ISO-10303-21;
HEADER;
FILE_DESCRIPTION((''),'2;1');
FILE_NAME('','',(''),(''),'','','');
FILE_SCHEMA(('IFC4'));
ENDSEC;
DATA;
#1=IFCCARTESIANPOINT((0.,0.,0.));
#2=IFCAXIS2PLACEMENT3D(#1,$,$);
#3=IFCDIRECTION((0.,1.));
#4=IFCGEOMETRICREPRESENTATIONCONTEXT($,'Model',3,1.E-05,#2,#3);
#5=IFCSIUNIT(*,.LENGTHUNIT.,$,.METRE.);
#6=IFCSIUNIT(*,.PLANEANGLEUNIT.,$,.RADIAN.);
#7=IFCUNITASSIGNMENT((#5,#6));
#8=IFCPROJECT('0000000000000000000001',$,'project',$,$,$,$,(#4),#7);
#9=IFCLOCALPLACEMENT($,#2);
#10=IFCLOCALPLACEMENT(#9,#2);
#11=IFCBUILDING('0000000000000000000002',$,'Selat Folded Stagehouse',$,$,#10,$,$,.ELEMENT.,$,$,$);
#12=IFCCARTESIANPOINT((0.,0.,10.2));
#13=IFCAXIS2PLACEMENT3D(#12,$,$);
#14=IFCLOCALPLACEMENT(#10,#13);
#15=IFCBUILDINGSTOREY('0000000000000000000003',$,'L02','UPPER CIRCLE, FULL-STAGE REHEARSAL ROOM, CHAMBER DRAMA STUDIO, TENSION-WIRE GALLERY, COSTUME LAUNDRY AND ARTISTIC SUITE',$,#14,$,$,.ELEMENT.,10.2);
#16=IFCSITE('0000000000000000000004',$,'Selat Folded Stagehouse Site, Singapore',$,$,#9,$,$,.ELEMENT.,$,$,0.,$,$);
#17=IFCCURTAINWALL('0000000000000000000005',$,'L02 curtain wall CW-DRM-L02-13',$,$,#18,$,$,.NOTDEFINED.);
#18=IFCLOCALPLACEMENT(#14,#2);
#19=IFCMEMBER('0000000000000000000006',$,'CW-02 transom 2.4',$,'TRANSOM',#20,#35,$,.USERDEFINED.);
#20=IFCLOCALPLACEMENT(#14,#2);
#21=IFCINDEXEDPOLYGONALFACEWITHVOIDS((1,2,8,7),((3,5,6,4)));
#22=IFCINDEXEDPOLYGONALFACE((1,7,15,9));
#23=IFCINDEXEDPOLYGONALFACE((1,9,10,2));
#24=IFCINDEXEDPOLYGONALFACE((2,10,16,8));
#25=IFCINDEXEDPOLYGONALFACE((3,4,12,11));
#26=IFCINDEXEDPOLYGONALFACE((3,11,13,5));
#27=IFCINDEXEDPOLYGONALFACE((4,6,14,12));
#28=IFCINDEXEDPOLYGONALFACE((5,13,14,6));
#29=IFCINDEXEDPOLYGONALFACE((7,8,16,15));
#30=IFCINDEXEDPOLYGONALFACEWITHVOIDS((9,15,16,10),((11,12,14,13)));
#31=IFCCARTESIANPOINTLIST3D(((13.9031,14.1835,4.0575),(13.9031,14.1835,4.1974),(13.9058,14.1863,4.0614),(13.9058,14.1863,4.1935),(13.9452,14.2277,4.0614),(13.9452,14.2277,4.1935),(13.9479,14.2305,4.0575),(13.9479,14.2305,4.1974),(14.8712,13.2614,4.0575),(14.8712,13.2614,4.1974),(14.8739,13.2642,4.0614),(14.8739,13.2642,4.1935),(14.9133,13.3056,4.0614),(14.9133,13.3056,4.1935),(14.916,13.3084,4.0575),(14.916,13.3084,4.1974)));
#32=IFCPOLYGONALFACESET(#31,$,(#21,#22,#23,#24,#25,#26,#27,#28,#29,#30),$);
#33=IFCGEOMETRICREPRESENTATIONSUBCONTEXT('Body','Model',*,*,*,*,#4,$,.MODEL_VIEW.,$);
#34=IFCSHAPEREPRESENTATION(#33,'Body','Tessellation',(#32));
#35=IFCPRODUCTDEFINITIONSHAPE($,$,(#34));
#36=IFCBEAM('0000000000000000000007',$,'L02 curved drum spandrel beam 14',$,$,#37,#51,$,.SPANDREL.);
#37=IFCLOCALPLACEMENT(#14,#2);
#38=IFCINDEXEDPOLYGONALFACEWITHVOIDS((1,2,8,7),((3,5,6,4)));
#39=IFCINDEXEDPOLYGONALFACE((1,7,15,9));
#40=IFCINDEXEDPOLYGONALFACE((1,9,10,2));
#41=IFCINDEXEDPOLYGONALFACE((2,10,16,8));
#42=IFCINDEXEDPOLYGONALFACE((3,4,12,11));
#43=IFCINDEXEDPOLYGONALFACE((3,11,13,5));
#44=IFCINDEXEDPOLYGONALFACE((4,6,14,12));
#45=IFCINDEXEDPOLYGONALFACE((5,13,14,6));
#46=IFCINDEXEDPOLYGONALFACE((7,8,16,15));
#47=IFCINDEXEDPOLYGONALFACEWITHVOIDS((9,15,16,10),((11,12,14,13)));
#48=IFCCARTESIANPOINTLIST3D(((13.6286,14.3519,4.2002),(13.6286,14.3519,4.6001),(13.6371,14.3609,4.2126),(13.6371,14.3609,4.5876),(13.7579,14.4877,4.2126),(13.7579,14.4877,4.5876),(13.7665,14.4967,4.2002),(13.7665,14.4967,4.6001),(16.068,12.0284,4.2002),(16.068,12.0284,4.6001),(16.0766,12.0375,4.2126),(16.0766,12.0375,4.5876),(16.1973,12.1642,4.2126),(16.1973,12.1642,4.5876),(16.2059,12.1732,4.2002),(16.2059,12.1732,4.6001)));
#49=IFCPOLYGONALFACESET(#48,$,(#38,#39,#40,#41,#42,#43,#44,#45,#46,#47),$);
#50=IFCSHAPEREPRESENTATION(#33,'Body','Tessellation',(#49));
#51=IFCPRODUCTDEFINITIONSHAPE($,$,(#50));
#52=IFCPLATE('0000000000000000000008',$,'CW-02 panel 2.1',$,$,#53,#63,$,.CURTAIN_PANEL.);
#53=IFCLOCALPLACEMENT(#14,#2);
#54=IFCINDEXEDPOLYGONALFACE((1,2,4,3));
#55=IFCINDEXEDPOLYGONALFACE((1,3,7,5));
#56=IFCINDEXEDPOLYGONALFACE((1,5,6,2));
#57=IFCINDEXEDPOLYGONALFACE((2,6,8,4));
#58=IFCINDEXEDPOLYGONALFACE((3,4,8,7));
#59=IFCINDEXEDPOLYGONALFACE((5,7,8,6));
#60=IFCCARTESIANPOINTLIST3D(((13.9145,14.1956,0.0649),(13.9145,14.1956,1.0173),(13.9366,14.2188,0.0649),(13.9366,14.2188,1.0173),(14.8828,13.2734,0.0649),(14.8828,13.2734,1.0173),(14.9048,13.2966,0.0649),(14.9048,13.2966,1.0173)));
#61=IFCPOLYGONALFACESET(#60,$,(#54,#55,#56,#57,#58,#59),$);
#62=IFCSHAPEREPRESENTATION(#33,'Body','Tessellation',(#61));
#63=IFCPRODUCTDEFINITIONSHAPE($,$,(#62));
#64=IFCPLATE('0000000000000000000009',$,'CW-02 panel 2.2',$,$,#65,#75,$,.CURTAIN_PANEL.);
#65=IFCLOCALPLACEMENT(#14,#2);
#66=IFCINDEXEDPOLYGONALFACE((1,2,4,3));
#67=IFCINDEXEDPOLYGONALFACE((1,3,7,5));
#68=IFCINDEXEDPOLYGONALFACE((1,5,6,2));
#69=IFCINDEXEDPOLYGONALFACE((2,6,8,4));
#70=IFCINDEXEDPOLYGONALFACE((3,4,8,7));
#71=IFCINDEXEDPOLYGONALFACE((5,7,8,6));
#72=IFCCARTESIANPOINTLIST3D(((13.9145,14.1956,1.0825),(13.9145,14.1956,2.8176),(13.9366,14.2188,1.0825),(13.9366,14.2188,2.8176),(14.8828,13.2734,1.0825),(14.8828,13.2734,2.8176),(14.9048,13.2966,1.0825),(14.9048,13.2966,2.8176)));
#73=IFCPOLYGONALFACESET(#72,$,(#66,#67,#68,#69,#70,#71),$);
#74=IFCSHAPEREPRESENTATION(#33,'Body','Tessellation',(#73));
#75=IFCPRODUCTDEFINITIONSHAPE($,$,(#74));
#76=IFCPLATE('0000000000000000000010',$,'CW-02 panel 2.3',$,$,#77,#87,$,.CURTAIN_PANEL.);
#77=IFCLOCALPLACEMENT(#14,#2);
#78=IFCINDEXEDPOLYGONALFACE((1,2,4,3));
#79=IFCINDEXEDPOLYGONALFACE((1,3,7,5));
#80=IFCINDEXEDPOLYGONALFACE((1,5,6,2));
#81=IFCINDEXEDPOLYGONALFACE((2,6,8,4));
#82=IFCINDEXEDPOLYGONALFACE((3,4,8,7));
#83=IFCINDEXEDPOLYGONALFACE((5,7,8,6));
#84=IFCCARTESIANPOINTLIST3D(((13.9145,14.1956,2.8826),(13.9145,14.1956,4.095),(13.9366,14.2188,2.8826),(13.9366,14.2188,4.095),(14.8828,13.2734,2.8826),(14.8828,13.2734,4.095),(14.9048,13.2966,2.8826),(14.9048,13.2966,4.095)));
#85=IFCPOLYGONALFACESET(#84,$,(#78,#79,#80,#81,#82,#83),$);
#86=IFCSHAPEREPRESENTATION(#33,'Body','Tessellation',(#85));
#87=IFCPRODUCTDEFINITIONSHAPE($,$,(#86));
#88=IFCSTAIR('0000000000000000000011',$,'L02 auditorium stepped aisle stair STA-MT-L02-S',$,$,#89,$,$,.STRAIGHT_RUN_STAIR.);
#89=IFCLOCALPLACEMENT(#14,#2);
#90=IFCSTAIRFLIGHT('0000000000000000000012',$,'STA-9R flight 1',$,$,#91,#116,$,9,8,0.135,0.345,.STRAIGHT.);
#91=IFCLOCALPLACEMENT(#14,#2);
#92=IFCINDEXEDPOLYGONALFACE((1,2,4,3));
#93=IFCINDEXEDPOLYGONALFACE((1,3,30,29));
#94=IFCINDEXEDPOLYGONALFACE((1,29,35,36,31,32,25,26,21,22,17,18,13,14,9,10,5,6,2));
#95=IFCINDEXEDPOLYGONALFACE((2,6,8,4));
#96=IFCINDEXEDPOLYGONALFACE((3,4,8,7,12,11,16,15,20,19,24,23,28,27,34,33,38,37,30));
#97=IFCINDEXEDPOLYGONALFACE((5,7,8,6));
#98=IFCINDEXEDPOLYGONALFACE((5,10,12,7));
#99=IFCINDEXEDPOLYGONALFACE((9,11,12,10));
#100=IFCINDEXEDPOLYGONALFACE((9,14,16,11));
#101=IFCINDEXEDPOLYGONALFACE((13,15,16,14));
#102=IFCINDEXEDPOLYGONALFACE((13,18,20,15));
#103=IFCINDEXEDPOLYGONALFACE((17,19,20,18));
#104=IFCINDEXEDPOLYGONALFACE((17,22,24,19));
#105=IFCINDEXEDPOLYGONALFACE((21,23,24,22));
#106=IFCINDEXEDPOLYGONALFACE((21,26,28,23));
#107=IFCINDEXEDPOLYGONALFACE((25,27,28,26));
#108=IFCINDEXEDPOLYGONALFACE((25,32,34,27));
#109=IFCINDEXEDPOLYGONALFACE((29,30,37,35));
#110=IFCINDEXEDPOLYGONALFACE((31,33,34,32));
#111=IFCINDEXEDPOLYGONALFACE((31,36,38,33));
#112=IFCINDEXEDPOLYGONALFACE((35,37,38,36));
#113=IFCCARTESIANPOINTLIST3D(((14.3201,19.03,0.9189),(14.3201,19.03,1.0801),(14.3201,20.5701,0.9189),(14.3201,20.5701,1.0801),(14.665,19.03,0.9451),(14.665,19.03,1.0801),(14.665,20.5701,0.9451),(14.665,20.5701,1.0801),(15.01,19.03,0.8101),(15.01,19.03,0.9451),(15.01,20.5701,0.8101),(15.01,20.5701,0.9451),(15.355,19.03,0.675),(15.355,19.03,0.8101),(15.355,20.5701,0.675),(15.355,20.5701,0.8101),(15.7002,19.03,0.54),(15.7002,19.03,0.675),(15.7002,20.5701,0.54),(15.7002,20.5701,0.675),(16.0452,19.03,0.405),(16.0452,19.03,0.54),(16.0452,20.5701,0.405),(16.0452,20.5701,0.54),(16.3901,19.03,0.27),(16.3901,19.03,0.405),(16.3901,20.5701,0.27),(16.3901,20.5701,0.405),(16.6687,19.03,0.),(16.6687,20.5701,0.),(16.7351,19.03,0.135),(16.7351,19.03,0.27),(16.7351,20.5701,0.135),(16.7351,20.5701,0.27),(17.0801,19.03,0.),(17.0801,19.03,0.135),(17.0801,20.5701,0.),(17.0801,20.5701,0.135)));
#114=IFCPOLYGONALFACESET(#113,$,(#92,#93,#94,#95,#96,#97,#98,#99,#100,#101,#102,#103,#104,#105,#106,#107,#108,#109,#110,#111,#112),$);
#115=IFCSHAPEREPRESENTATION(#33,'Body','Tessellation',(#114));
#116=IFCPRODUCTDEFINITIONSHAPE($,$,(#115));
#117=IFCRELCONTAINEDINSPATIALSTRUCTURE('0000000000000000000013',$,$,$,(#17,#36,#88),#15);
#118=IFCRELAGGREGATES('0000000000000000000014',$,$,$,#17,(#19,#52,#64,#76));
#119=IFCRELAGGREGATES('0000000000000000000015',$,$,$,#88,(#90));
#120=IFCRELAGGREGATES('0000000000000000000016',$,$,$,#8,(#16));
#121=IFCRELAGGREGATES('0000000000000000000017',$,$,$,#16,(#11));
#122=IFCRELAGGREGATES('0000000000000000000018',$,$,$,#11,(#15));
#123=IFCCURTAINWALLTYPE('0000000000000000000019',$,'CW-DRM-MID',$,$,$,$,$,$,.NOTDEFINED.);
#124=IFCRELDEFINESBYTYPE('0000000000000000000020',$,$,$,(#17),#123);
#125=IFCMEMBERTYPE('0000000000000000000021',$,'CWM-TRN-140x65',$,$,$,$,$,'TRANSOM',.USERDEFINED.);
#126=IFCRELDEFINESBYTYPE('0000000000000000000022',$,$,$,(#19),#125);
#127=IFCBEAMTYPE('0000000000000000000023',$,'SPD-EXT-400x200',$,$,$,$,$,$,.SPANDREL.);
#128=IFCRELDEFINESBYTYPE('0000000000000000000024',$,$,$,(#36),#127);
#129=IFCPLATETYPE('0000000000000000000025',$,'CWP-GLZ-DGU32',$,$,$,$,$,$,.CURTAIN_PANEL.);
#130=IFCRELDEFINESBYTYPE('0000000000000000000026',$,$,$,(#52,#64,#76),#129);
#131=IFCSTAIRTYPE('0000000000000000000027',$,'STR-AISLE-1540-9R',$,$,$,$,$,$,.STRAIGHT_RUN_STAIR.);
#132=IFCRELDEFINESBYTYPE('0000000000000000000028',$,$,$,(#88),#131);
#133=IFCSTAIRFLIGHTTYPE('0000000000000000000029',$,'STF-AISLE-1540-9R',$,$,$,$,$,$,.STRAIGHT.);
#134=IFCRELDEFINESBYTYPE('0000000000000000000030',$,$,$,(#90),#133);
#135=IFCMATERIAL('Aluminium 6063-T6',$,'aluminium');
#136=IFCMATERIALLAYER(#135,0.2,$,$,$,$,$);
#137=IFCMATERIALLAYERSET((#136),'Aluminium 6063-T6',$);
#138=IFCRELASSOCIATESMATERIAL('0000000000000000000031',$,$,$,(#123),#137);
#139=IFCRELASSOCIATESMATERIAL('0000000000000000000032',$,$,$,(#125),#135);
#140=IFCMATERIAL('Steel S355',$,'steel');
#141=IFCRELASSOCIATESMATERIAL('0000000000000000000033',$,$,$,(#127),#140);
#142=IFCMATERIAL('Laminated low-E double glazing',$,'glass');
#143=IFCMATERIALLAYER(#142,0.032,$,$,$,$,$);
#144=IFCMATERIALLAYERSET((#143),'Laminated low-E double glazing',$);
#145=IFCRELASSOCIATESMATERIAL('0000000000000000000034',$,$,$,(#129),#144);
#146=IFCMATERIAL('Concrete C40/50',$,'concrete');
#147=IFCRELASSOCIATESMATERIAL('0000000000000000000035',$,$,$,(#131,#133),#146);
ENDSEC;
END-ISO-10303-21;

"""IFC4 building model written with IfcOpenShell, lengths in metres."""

from ifc_helpers import new_model, si_unit, direction, frame, origin, origin_2d, place, context, subcontext, project, spatial, polyline, rectangle, hollow_rectangle, outline, extrude, material, layer, layer_set, material_profile, profile_set, type_object, element, aggregate, save


model = new_model("IFC4")

# Units and contexts
model_context = context("Model", 3, precision=1e-05, world=origin(), true_north=direction((0.0, 1.0)))
body_context = subcontext(model_context, "Body", "Model", "MODEL_VIEW")
ifc_project = project(units=[si_unit("LENGTHUNIT", "METRE"), si_unit("PLANEANGLEUNIT", "RADIAN")], contexts=[model_context])

# Site, building, storey
site_placement = place(None, origin())
site = spatial("IfcSite", under=ifc_project, at=site_placement, Name="Selat Folded Stagehouse Site, Singapore", CompositionType="ELEMENT", RefElevation=0.0)
building_placement = place(site_placement, origin())
building = spatial("IfcBuilding", under=site, at=building_placement, Name="Selat Folded Stagehouse", CompositionType="ELEMENT")
storey_placement = place(building_placement, frame((0.0, 0.0, 10.2)))
storey = spatial("IfcBuildingStorey", under=building, at=storey_placement, Name="L02", Description="UPPER CIRCLE, FULL-STAGE REHEARSAL ROOM, CHAMBER DRAMA STUDIO, TENSION-WIRE GALLERY, COSTUME LAUNDRY AND ARTISTIC SUITE", CompositionType="ELEMENT", Elevation=10.2)

# Shared definitions
ifc_material_1 = material(Name="Steel S355", Category="steel")

# Shared definitions
ifc_material_2 = material(Name="Aluminium 6063-T6", Category="aluminium")
ifc_layer_1 = layer(ifc_material_2, 0.2)
ifc_layer_set_1 = layer_set([ifc_layer_1], Name="Aluminium 6063-T6")
curtain_wall_type = type_object("IfcCurtainWallType", Name="CW-DRM-MID", PredefinedType="NOTDEFINED", material=ifc_layer_set_1)

# Curtain wall
curtain_wall_1_placement = place(storey_placement, origin())
curtain_wall_1 = element("IfcCurtainWall", 1, at=curtain_wall_1_placement, inside=storey, type_object=curtain_wall_type, Name="L02 curtain wall CW-DRM-L02-13", PredefinedType="NOTDEFINED")

# Member
ifc_material_profile_1 = material_profile(ifc_material_2, hollow_rectangle(XDim=0.0649, YDim=0.1399, WallThickness=0.0039, at=origin_2d()), Name="ALU 140x65x4.0")
ifc_profile_set_1 = profile_set([ifc_material_profile_1], Name="Aluminium 6063-T6")
member_type_1 = type_object("IfcMemberType", Name="CWM-TRN-140x65", ElementType="TRANSOM", PredefinedType="USERDEFINED", material=ifc_profile_set_1)
member_1_placement = place(storey_placement, frame((14.8936, 13.2849, 4.1274), z_axis=(-0.724064, 0.689733, 0.0), x_axis=(-0.689733, -0.724064, 0.0)))
member_1 = element("IfcMember", 2, at=member_1_placement, type_object=member_type_1, Name="CW-02 transom 2.4", ObjectType="TRANSOM", PredefinedType="USERDEFINED", context=body_context, shape_type="SweptSolid", body=[
    extrude(hollow_rectangle(XDim=0.0649, YDim=0.1399, WallThickness=0.0039, at=origin_2d()), origin(), (0.0, 0.0, 1.0), 1.3369),
])

# Beam
ifc_material_profile_2 = material_profile(ifc_material_1, hollow_rectangle(XDim=0.2, YDim=0.3999, WallThickness=0.0125, at=origin_2d()), Name="RHS 400x200x12.5")
ifc_profile_set_2 = profile_set([ifc_material_profile_2], Name="Steel S355")
beam_type = type_object("IfcBeamType", Name="SPD-EXT-400x200", PredefinedType="SPANDREL", material=ifc_profile_set_2)
beam_placement = place(storey_placement, frame((13.6975, 14.4243, 4.4001), z_axis=(0.724109, -0.689686, 0.0), x_axis=(0.689686, 0.724109, 0.0)))
element("IfcBeam", 3, at=beam_placement, inside=storey, type_object=beam_type, Name="L02 curved drum spandrel beam 14", PredefinedType="SPANDREL", context=body_context, shape_type="SweptSolid", body=[
    extrude(hollow_rectangle(XDim=0.2, YDim=0.3999, WallThickness=0.0125, at=origin_2d()), origin(), (0.0, 0.0, 1.0), 3.3689),
])

# Plates
ifc_material_3 = material(Name="Laminated low-E double glazing", Category="glass")
ifc_layer_2 = layer(ifc_material_3, 0.032)
ifc_layer_set_2 = layer_set([ifc_layer_2], Name="Laminated low-E double glazing")
plate_type = type_object("IfcPlateType", Name="CWP-GLZ-DGU32", PredefinedType="CURTAIN_PANEL", material=ifc_layer_set_2)
plate_1_placement = place(storey_placement, frame((14.4097, 13.7461, 0.0649), z_axis=(0.0, 0.0, 1.0), x_axis=(-0.724132, 0.689661, 0.0)))
plate_1 = element("IfcPlate", 4, at=plate_1_placement, type_object=plate_type, Name="CW-02 panel 2.1", PredefinedType="CURTAIN_PANEL", context=body_context, shape_type="SweptSolid", body=[
    extrude(rectangle(XDim=1.3372, YDim=0.032, at=origin_2d()), origin(), (0.0, 0.0, 1.0), 0.9524),
])
plate_2_placement = place(storey_placement, frame((14.4097, 13.7461, 1.0825), z_axis=(0.0, 0.0, 1.0), x_axis=(-0.724132, 0.689661, 0.0)))
plate_2 = element("IfcPlate", 5, at=plate_2_placement, type_object=plate_type, Name="CW-02 panel 2.2", PredefinedType="CURTAIN_PANEL", context=body_context, shape_type="SweptSolid", body=[
    extrude(rectangle(XDim=1.3372, YDim=0.032, at=origin_2d()), origin(), (0.0, 0.0, 1.0), 1.7351),
])
plate_3_placement = place(storey_placement, frame((14.4097, 13.7461, 2.8826), z_axis=(0.0, 0.0, 1.0), x_axis=(-0.724132, 0.689661, 0.0)))
plate_3 = element("IfcPlate", 6, at=plate_3_placement, type_object=plate_type, Name="CW-02 panel 2.3", PredefinedType="CURTAIN_PANEL", context=body_context, shape_type="SweptSolid", body=[
    extrude(rectangle(XDim=1.3372, YDim=0.032, at=origin_2d()), origin(), (0.0, 0.0, 1.0), 1.2124),
])
aggregate(curtain_wall_1, [member_1, plate_1, plate_2, plate_3])

# Stair, stair flight
ifc_material_4 = material(Name="Concrete C40/50", Category="concrete")
stair_type = type_object("IfcStairType", Name="STR-AISLE-1540-9R", PredefinedType="STRAIGHT_RUN_STAIR", material=ifc_material_4)
stair_placement = place(storey_placement, origin())
stair = element("IfcStair", 7, at=stair_placement, inside=storey, type_object=stair_type, Name="L02 auditorium stepped aisle stair STA-MT-L02-S", PredefinedType="STRAIGHT_RUN_STAIR")
stair_flight_type = type_object("IfcStairFlightType", Name="STF-AISLE-1540-9R", PredefinedType="STRAIGHT", material=ifc_material_4)
stair_flight_placement = place(storey_placement, frame((17.0801, 19.8, 0.0), z_axis=(0.0, 0.0, 1.0), x_axis=(-1.0, 0.0, 0.0)))
stair_flight = element("IfcStairFlight", 8, at=stair_flight_placement, type_object=stair_flight_type, Name="STA-9R flight 1", NumberOfRisers=9, NumberOfTreads=8, PredefinedType="STRAIGHT", RiserHeight=0.135, TreadLength=0.345, context=body_context, shape_type="SweptSolid", body=[
    extrude(outline(polyline([(0.0, 0.0), (0.0, 0.135), (0.345, 0.135), (0.345, 0.27), (0.6899, 0.27), (0.6899, 0.405), (1.0349, 0.405), (1.0349, 0.54), (1.3799, 0.54), (1.3799, 0.675), (1.7251, 0.675), (1.7251, 0.8101), (2.0701, 0.8101), (2.0701, 0.9451), (2.415, 0.9451), (2.415, 1.0801), (2.76, 1.0801), (2.76, 1.2151), (2.76, 0.9189), (0.4114, 0.0), (0.0, 0.0)])), frame((0.0, 0.77, 0.0), z_axis=(0.0, -1.0, 0.0), x_axis=(1.0, 0.0, 0.0)), (0.0, 0.0, 1.0), 1.54),
])
aggregate(stair, [stair_flight])

save(model, "model.ifc")
